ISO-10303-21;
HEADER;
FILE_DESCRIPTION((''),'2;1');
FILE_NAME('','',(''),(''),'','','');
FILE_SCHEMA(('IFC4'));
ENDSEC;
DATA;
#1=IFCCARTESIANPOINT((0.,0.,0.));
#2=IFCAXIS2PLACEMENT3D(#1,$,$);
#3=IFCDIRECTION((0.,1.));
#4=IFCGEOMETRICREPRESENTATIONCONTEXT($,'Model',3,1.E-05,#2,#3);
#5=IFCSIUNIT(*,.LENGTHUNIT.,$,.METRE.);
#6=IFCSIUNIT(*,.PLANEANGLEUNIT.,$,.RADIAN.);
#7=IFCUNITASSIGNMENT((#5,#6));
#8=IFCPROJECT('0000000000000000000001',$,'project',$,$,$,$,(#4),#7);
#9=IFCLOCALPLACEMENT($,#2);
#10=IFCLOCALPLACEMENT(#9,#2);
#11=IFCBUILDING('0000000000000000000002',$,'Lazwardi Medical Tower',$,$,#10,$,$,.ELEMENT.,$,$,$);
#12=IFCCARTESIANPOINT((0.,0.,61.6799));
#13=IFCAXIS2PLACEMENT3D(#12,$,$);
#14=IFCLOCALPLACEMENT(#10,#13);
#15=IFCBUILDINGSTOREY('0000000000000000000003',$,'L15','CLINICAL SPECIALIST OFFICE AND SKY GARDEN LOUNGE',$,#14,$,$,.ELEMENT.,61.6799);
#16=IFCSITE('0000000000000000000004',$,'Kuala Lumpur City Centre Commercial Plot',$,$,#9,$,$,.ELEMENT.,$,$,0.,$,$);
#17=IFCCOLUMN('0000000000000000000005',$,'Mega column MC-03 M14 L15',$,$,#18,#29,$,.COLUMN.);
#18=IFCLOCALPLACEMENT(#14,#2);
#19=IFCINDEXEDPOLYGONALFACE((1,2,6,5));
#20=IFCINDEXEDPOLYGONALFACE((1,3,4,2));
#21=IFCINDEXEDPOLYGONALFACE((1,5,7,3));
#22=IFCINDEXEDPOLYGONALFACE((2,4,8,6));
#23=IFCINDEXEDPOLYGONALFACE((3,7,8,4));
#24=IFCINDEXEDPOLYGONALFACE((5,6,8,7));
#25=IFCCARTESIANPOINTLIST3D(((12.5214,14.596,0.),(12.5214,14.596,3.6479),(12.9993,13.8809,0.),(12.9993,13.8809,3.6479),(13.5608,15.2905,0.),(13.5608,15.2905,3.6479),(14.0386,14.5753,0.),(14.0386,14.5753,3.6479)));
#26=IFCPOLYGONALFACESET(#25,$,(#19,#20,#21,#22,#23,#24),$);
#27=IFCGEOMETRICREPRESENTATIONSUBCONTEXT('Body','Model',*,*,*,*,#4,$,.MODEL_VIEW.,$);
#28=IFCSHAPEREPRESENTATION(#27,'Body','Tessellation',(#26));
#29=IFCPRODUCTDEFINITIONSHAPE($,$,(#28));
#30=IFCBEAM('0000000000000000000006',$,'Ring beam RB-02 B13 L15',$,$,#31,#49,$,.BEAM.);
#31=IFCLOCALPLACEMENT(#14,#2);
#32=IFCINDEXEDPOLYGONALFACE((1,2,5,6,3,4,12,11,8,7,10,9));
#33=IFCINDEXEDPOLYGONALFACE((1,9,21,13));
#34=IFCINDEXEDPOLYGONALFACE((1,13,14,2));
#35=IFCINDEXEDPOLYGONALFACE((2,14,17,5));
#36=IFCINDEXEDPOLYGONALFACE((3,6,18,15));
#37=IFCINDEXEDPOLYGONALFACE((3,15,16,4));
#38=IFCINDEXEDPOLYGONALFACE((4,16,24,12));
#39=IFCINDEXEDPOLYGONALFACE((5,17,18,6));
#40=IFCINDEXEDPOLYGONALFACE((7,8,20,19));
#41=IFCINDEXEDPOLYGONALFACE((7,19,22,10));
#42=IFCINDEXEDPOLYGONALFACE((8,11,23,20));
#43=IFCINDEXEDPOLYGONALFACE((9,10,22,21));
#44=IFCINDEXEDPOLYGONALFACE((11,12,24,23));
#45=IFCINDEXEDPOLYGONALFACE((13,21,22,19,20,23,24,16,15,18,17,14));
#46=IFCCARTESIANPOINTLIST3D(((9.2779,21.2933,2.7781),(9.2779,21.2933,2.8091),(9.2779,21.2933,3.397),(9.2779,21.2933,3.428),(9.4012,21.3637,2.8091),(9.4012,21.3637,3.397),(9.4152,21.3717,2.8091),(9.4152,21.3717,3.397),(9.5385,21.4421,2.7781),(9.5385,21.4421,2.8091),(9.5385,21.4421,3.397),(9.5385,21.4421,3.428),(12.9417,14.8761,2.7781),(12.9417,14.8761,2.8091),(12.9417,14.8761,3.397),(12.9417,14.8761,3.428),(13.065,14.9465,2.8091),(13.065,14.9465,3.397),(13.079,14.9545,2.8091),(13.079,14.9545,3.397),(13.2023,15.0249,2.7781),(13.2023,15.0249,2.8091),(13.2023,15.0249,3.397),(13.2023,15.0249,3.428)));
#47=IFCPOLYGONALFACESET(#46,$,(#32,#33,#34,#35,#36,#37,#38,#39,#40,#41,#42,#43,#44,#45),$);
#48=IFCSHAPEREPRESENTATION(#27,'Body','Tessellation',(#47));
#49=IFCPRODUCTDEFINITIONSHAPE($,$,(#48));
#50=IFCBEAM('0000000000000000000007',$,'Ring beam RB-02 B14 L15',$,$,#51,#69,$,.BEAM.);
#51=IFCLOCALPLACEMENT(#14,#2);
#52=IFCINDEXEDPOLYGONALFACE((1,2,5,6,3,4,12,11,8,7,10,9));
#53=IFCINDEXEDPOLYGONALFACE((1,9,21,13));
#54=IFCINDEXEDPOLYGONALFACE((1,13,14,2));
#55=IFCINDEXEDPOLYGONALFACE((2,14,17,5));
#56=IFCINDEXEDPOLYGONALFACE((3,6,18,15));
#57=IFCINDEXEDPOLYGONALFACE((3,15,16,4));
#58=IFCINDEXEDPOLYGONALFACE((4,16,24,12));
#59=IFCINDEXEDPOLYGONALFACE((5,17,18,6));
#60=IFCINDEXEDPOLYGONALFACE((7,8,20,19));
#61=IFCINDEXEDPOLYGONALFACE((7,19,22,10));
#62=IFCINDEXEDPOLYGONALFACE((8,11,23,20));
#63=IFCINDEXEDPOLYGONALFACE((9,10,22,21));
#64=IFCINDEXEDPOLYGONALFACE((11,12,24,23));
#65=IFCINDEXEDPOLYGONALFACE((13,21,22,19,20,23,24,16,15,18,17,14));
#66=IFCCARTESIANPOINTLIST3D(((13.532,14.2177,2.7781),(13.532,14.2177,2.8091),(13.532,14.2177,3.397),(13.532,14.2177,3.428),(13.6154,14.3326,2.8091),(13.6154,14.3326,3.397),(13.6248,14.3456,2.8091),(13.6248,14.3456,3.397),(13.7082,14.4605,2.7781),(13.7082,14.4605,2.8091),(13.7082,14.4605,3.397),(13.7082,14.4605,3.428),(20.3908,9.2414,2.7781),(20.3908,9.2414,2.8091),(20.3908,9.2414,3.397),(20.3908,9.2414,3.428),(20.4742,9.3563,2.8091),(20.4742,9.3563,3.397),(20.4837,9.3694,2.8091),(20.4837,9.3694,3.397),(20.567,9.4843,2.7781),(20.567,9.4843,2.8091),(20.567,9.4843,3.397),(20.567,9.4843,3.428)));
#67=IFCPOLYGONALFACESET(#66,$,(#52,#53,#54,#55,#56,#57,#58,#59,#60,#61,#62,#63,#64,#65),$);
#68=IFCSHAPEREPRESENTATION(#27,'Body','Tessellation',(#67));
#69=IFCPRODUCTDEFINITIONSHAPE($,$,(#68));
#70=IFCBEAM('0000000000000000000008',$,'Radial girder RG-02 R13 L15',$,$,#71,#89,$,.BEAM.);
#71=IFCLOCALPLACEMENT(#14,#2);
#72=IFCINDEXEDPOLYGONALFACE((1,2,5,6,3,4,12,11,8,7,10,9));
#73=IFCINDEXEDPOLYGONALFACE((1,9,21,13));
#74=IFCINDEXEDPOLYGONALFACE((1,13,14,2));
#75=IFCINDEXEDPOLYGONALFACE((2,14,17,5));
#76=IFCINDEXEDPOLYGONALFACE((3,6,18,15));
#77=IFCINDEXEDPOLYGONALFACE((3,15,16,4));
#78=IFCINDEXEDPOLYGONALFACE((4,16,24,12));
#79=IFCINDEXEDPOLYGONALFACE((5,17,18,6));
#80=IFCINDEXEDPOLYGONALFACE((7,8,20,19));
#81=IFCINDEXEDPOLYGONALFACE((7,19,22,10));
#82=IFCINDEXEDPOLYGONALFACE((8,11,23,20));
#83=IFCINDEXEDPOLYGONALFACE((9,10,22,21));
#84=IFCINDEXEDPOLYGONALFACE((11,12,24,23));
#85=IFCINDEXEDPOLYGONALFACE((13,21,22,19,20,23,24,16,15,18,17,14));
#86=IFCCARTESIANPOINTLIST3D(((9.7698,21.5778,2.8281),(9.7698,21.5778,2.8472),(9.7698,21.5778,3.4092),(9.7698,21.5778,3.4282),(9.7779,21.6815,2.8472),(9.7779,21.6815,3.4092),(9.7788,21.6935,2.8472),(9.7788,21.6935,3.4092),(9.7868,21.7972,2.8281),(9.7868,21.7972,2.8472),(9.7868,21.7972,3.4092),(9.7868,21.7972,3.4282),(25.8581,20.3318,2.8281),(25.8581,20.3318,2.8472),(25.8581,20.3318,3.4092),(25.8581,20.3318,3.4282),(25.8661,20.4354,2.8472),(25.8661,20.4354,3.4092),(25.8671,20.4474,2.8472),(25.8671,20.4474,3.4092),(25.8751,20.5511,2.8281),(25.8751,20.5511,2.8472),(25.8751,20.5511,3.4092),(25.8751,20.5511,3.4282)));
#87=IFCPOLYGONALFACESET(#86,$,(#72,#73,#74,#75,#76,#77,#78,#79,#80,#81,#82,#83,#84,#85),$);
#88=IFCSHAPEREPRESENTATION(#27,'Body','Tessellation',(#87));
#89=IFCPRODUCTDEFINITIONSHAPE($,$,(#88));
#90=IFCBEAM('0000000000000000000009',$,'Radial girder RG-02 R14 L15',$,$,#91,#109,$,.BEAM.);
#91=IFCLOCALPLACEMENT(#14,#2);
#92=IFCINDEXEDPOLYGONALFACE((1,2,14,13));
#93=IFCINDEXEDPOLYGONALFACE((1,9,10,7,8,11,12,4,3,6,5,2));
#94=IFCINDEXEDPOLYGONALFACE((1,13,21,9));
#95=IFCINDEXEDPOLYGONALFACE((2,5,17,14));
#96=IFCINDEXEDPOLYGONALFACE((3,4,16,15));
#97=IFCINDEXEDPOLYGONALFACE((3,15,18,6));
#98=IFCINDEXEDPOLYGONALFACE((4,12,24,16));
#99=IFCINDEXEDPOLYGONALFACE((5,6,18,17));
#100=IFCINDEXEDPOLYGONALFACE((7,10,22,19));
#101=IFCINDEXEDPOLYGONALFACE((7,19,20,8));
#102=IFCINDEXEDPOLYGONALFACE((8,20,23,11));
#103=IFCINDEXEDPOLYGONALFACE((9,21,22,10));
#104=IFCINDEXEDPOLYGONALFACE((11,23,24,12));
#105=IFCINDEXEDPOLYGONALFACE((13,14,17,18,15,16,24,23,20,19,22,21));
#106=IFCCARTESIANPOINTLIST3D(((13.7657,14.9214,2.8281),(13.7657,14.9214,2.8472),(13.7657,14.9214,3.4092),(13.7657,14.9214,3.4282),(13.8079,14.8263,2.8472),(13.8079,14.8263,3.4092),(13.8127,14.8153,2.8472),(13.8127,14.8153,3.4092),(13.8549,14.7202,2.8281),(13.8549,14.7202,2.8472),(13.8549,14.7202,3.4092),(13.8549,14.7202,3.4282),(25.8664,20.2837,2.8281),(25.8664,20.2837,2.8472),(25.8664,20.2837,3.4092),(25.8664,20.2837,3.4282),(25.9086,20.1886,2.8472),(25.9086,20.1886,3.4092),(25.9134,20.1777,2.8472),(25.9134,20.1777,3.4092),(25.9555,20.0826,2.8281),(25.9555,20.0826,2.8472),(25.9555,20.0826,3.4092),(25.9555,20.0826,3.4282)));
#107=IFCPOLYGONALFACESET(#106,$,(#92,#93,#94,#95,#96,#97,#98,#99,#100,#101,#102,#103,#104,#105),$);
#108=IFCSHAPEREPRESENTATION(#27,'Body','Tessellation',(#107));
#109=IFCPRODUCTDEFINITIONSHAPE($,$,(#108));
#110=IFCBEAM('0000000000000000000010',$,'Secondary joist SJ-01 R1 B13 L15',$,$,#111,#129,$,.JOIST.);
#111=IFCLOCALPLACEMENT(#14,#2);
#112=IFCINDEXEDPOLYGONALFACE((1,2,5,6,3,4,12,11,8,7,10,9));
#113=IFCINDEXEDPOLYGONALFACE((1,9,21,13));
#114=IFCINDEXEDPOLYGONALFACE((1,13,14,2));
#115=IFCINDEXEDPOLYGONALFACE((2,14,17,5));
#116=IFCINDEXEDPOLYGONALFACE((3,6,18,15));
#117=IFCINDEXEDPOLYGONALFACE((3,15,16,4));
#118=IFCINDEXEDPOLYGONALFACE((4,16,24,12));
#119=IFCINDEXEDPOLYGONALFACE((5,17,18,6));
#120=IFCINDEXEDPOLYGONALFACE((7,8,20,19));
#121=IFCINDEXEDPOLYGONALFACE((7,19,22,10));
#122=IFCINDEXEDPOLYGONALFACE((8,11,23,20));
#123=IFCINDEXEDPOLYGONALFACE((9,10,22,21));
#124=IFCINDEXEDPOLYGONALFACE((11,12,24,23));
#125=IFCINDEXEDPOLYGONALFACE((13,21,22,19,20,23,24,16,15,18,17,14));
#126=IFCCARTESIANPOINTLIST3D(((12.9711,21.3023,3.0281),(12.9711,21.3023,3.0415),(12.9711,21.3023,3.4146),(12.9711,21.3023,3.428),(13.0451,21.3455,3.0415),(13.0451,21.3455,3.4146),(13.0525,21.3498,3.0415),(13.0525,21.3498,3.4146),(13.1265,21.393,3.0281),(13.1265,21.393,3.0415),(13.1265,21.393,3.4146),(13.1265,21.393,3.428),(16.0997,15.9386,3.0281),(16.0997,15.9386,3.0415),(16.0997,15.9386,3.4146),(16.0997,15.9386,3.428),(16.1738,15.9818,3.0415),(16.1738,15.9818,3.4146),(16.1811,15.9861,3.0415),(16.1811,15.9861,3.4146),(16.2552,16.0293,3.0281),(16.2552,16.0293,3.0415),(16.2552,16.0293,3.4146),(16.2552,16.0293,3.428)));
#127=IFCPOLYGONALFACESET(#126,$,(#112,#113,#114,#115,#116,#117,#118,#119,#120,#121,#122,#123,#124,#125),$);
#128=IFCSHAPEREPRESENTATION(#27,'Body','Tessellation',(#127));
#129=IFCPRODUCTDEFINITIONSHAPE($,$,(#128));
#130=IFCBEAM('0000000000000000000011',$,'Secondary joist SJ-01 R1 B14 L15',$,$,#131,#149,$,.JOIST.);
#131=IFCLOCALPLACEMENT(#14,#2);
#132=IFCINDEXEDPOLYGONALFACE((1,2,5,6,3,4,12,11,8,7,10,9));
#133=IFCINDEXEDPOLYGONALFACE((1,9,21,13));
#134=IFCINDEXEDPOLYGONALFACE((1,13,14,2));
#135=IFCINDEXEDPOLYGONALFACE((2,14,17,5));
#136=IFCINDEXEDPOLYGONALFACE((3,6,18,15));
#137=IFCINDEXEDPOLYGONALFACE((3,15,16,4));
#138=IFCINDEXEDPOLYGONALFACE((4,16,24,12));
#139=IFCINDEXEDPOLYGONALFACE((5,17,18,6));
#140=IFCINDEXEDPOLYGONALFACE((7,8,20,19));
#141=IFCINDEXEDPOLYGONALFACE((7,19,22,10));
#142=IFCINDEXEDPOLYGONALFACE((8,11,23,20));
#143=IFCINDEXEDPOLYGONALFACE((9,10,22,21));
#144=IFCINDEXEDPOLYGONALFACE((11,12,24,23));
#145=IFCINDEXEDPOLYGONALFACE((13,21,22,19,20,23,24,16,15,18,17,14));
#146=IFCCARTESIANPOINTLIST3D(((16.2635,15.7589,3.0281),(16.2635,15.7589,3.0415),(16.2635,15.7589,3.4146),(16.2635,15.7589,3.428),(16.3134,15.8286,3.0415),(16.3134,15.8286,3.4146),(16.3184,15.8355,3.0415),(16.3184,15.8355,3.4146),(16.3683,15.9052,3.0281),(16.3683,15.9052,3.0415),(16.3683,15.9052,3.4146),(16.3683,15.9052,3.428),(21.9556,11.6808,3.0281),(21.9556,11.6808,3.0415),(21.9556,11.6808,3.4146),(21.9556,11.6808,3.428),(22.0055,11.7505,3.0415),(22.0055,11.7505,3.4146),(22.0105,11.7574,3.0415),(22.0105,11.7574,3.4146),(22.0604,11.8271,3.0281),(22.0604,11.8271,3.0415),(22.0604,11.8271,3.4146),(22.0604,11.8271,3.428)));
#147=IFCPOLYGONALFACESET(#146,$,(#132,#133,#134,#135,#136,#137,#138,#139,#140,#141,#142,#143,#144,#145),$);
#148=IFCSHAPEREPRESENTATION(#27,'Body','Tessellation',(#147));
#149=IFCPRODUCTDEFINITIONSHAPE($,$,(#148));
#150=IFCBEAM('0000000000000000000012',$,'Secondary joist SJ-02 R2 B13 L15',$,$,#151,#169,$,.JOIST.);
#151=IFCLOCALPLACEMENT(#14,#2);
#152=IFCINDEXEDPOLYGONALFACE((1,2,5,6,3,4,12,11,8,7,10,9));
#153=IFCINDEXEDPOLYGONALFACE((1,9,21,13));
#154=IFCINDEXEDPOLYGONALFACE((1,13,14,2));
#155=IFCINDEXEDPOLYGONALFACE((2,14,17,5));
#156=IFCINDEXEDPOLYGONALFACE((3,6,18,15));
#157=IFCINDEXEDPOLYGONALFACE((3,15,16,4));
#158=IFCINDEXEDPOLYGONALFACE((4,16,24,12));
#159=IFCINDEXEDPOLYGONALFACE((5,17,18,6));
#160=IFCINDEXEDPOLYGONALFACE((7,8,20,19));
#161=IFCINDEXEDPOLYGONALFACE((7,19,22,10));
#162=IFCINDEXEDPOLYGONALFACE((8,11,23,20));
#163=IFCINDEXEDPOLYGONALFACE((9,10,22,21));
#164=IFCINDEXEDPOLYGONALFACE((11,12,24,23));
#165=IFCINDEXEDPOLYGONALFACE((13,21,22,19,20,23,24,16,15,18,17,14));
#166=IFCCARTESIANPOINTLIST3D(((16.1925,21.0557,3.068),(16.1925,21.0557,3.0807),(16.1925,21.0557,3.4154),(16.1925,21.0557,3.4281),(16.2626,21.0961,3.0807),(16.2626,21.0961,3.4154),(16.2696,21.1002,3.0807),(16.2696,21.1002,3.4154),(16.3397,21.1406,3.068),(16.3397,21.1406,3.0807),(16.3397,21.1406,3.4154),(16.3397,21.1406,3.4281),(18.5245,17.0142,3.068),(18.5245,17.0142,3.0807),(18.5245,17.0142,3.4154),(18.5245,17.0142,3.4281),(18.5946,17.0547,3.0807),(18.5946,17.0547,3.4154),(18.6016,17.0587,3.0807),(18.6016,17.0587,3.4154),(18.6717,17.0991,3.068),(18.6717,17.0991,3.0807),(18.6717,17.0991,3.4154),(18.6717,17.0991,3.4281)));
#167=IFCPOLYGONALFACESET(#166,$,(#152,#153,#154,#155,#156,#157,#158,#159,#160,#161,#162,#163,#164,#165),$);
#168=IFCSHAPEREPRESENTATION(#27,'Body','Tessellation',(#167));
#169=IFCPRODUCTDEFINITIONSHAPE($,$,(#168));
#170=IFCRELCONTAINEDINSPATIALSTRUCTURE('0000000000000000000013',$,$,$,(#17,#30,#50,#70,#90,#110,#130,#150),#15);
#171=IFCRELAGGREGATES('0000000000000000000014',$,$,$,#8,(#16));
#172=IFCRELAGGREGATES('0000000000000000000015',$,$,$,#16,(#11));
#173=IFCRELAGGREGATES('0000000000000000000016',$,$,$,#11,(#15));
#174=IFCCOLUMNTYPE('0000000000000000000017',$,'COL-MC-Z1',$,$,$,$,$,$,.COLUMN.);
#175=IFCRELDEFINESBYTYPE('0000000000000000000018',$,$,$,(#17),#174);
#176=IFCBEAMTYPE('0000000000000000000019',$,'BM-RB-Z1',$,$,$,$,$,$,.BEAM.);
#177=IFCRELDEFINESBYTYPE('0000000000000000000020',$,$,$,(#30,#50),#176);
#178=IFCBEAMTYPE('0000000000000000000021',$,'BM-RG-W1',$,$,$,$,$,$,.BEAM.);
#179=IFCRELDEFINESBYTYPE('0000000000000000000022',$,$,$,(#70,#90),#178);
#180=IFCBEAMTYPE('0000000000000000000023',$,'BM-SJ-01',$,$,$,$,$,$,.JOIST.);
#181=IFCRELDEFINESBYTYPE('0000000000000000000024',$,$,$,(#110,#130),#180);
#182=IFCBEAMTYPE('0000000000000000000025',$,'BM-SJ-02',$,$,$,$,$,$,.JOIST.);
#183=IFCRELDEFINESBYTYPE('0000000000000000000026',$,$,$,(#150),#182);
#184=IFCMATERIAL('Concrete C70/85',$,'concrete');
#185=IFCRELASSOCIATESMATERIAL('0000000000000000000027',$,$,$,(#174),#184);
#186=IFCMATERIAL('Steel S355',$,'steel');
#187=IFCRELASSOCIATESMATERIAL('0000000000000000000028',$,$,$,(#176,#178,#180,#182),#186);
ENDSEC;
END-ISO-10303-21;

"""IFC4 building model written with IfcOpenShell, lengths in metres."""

from ifc_helpers import new_model, si_unit, direction, frame, origin, origin_2d, place, context, subcontext, project, spatial, rectangle, i_section, extrude, material, material_profile, profile_set, type_object, element, save


model = new_model("IFC4")

# Units and contexts
model_context = context("Model", 3, precision=1e-05, world=origin(), true_north=direction((0.0, 1.0)))
body_context = subcontext(model_context, "Body", "Model", "MODEL_VIEW")
ifc_project = project(units=[si_unit("LENGTHUNIT", "METRE"), si_unit("PLANEANGLEUNIT", "RADIAN")], contexts=[model_context])

# Site, building, storey
site_placement = place(None, origin())
site = spatial("IfcSite", under=ifc_project, at=site_placement, Name="Kuala Lumpur City Centre Commercial Plot", CompositionType="ELEMENT", RefElevation=0.0)
building_placement = place(site_placement, origin())
building = spatial("IfcBuilding", under=site, at=building_placement, Name="Lazwardi Medical Tower", CompositionType="ELEMENT")
storey_placement = place(building_placement, frame((0.0, 0.0, 61.6799)))
storey = spatial("IfcBuildingStorey", under=building, at=storey_placement, Name="L15", Description="CLINICAL SPECIALIST OFFICE AND SKY GARDEN LOUNGE", CompositionType="ELEMENT", Elevation=61.6799)

# Column
ifc_material_1 = material(Name="Concrete C70/85", Category="concrete")
ifc_material_profile_1 = material_profile(ifc_material_1, rectangle(XDim=1.25, YDim=0.8601, at=origin_2d()), Name="CFT-RECT 1250x860")
ifc_profile_set_1 = profile_set([ifc_material_profile_1], Name="Concrete C70/85")
column_type = type_object("IfcColumnType", Name="COL-MC-Z1", PredefinedType="COLUMN", material=ifc_profile_set_1)
column_placement = place(storey_placement, frame((13.28, 14.5857, 0.0), z_axis=(0.0, 0.0, 1.0), x_axis=(-0.83147, -0.55557, 0.0)))
element("IfcColumn", 1, at=column_placement, inside=storey, type_object=column_type, Name="Mega column MC-03 M14 L15", PredefinedType="COLUMN", context=body_context, shape_type="SweptSolid", body=[
    extrude(rectangle(XDim=1.25, YDim=0.8601, at=origin_2d()), origin(), (0.0, 0.0, 1.0), 3.6479),
])

# Beams
ifc_material_2 = material(Name="Steel S355", Category="steel")
ifc_material_profile_2 = material_profile(ifc_material_2, i_section(OverallWidth=0.3, OverallDepth=0.6499, WebThickness=0.0161, FlangeThickness=0.031, at=origin_2d()), Name="HEB 650")
ifc_profile_set_2 = profile_set([ifc_material_profile_2], Name="Steel S355")
beam_type_1 = type_object("IfcBeamType", Name="BM-RB-Z1", PredefinedType="BEAM", material=ifc_profile_set_2)
beam_1_placement = place(storey_placement, frame((9.4082, 21.3677, 3.103), z_axis=(0.495815, -0.868428, 0.0), x_axis=(0.868428, 0.495815, 0.0)))
element("IfcBeam", 2, at=beam_1_placement, inside=storey, type_object=beam_type_1, Name="Ring beam RB-02 B13 L15", PredefinedType="BEAM", context=body_context, shape_type="SweptSolid", body=[
    extrude(i_section(OverallWidth=0.3, OverallDepth=0.6499, WebThickness=0.0161, FlangeThickness=0.031, at=origin_2d()), origin(), (0.0, 0.0, 1.0), 7.3894),
])
beam_2_placement = place(storey_placement, frame((13.6201, 14.3391, 3.103), z_axis=(0.809407, -0.587248, 0.0), x_axis=(0.587248, 0.809407, 0.0)))
element("IfcBeam", 3, at=beam_2_placement, inside=storey, type_object=beam_type_1, Name="Ring beam RB-02 B14 L15", PredefinedType="BEAM", context=body_context, shape_type="SweptSolid", body=[
    extrude(i_section(OverallWidth=0.3, OverallDepth=0.6499, WebThickness=0.0161, FlangeThickness=0.031, at=origin_2d()), origin(), (0.0, 0.0, 1.0), 8.4739),
])
ifc_material_profile_3 = material_profile(ifc_material_2, i_section(OverallWidth=0.22, OverallDepth=0.6001, WebThickness=0.012, FlangeThickness=0.019, at=origin_2d()), Name="IPE 600")
ifc_profile_set_3 = profile_set([ifc_material_profile_3], Name="Steel S355")
beam_type_2 = type_object("IfcBeamType", Name="BM-RG-W1", PredefinedType="BEAM", material=ifc_profile_set_3)
beam_3_placement = place(storey_placement, frame((9.7783, 21.6875, 3.1282), z_axis=(0.997014, -0.077222, 0.0), x_axis=(0.077222, 0.997014, 0.0)))
element("IfcBeam", 4, at=beam_3_placement, inside=storey, type_object=beam_type_2, Name="Radial girder RG-02 R13 L15", PredefinedType="BEAM", context=body_context, shape_type="SweptSolid", body=[
    extrude(i_section(OverallWidth=0.22, OverallDepth=0.6001, WebThickness=0.012, FlangeThickness=0.019, at=origin_2d()), origin(), (0.0, 0.0, 1.0), 16.1365),
])
beam_4_placement = place(storey_placement, frame((13.8103, 14.8208, 3.1282), z_axis=(0.914252, 0.405146, 0.0), x_axis=(-0.405146, 0.914252, 0.0)))
element("IfcBeam", 5, at=beam_4_placement, inside=storey, type_object=beam_type_2, Name="Radial girder RG-02 R14 L15", PredefinedType="BEAM", context=body_context, shape_type="SweptSolid", body=[
    extrude(i_section(OverallWidth=0.22, OverallDepth=0.6001, WebThickness=0.012, FlangeThickness=0.019, at=origin_2d()), origin(), (0.0, 0.0, 1.0), 13.2356),
])
ifc_material_profile_4 = material_profile(ifc_material_2, i_section(OverallWidth=0.1799, OverallDepth=0.3999, WebThickness=0.0085, FlangeThickness=0.0134, at=origin_2d()), Name="IPE 400")
ifc_profile_set_4 = profile_set([ifc_material_profile_4], Name="Steel S355")
beam_type_3 = type_object("IfcBeamType", Name="BM-SJ-01", PredefinedType="JOIST", material=ifc_profile_set_4)
beam_5_placement = place(storey_placement, frame((13.0488, 21.3477, 3.228), z_axis=(0.503847, -0.863793, 0.0), x_axis=(0.863793, 0.503847, 0.0)))
element("IfcBeam", 6, at=beam_5_placement, inside=storey, type_object=beam_type_3, Name="Secondary joist SJ-01 R1 B13 L15", PredefinedType="JOIST", context=body_context, shape_type="SweptSolid", body=[
    extrude(i_section(OverallWidth=0.1799, OverallDepth=0.3999, WebThickness=0.0085, FlangeThickness=0.0134, at=origin_2d()), origin(), (0.0, 0.0, 1.0), 6.2095),
])
beam_6_placement = place(storey_placement, frame((16.3159, 15.832, 3.228), z_axis=(0.812901, -0.582402, 0.0), x_axis=(0.582402, 0.812901, 0.0)))
element("IfcBeam", 7, at=beam_6_placement, inside=storey, type_object=beam_type_3, Name="Secondary joist SJ-01 R1 B14 L15", PredefinedType="JOIST", context=body_context, shape_type="SweptSolid", body=[
    extrude(i_section(OverallWidth=0.1799, OverallDepth=0.3999, WebThickness=0.0085, FlangeThickness=0.0134, at=origin_2d()), origin(), (0.0, 0.0, 1.0), 7.0022),
])
ifc_material_profile_5 = material_profile(ifc_material_2, i_section(OverallWidth=0.1699, OverallDepth=0.3601, WebThickness=0.0081, FlangeThickness=0.0127, at=origin_2d()), Name="IPE 360")
ifc_profile_set_5 = profile_set([ifc_material_profile_5], Name="Steel S355")
beam_type_4 = type_object("IfcBeamType", Name="BM-SJ-02", PredefinedType="JOIST", material=ifc_profile_set_5)
beam_7_placement = place(storey_placement, frame((16.2661, 21.0981, 3.248), z_axis=(0.499786, -0.866149, 0.0), x_axis=(0.866149, 0.499786, 0.0)))
element("IfcBeam", 8, at=beam_7_placement, inside=storey, type_object=beam_type_4, Name="Secondary joist SJ-02 R2 B13 L15", PredefinedType="JOIST", context=body_context, shape_type="SweptSolid", body=[
    extrude(i_section(OverallWidth=0.1699, OverallDepth=0.3601, WebThickness=0.0081, FlangeThickness=0.0127, at=origin_2d()), origin(), (0.0, 0.0, 1.0), 4.666),
])

save(model, "model.ifc")
